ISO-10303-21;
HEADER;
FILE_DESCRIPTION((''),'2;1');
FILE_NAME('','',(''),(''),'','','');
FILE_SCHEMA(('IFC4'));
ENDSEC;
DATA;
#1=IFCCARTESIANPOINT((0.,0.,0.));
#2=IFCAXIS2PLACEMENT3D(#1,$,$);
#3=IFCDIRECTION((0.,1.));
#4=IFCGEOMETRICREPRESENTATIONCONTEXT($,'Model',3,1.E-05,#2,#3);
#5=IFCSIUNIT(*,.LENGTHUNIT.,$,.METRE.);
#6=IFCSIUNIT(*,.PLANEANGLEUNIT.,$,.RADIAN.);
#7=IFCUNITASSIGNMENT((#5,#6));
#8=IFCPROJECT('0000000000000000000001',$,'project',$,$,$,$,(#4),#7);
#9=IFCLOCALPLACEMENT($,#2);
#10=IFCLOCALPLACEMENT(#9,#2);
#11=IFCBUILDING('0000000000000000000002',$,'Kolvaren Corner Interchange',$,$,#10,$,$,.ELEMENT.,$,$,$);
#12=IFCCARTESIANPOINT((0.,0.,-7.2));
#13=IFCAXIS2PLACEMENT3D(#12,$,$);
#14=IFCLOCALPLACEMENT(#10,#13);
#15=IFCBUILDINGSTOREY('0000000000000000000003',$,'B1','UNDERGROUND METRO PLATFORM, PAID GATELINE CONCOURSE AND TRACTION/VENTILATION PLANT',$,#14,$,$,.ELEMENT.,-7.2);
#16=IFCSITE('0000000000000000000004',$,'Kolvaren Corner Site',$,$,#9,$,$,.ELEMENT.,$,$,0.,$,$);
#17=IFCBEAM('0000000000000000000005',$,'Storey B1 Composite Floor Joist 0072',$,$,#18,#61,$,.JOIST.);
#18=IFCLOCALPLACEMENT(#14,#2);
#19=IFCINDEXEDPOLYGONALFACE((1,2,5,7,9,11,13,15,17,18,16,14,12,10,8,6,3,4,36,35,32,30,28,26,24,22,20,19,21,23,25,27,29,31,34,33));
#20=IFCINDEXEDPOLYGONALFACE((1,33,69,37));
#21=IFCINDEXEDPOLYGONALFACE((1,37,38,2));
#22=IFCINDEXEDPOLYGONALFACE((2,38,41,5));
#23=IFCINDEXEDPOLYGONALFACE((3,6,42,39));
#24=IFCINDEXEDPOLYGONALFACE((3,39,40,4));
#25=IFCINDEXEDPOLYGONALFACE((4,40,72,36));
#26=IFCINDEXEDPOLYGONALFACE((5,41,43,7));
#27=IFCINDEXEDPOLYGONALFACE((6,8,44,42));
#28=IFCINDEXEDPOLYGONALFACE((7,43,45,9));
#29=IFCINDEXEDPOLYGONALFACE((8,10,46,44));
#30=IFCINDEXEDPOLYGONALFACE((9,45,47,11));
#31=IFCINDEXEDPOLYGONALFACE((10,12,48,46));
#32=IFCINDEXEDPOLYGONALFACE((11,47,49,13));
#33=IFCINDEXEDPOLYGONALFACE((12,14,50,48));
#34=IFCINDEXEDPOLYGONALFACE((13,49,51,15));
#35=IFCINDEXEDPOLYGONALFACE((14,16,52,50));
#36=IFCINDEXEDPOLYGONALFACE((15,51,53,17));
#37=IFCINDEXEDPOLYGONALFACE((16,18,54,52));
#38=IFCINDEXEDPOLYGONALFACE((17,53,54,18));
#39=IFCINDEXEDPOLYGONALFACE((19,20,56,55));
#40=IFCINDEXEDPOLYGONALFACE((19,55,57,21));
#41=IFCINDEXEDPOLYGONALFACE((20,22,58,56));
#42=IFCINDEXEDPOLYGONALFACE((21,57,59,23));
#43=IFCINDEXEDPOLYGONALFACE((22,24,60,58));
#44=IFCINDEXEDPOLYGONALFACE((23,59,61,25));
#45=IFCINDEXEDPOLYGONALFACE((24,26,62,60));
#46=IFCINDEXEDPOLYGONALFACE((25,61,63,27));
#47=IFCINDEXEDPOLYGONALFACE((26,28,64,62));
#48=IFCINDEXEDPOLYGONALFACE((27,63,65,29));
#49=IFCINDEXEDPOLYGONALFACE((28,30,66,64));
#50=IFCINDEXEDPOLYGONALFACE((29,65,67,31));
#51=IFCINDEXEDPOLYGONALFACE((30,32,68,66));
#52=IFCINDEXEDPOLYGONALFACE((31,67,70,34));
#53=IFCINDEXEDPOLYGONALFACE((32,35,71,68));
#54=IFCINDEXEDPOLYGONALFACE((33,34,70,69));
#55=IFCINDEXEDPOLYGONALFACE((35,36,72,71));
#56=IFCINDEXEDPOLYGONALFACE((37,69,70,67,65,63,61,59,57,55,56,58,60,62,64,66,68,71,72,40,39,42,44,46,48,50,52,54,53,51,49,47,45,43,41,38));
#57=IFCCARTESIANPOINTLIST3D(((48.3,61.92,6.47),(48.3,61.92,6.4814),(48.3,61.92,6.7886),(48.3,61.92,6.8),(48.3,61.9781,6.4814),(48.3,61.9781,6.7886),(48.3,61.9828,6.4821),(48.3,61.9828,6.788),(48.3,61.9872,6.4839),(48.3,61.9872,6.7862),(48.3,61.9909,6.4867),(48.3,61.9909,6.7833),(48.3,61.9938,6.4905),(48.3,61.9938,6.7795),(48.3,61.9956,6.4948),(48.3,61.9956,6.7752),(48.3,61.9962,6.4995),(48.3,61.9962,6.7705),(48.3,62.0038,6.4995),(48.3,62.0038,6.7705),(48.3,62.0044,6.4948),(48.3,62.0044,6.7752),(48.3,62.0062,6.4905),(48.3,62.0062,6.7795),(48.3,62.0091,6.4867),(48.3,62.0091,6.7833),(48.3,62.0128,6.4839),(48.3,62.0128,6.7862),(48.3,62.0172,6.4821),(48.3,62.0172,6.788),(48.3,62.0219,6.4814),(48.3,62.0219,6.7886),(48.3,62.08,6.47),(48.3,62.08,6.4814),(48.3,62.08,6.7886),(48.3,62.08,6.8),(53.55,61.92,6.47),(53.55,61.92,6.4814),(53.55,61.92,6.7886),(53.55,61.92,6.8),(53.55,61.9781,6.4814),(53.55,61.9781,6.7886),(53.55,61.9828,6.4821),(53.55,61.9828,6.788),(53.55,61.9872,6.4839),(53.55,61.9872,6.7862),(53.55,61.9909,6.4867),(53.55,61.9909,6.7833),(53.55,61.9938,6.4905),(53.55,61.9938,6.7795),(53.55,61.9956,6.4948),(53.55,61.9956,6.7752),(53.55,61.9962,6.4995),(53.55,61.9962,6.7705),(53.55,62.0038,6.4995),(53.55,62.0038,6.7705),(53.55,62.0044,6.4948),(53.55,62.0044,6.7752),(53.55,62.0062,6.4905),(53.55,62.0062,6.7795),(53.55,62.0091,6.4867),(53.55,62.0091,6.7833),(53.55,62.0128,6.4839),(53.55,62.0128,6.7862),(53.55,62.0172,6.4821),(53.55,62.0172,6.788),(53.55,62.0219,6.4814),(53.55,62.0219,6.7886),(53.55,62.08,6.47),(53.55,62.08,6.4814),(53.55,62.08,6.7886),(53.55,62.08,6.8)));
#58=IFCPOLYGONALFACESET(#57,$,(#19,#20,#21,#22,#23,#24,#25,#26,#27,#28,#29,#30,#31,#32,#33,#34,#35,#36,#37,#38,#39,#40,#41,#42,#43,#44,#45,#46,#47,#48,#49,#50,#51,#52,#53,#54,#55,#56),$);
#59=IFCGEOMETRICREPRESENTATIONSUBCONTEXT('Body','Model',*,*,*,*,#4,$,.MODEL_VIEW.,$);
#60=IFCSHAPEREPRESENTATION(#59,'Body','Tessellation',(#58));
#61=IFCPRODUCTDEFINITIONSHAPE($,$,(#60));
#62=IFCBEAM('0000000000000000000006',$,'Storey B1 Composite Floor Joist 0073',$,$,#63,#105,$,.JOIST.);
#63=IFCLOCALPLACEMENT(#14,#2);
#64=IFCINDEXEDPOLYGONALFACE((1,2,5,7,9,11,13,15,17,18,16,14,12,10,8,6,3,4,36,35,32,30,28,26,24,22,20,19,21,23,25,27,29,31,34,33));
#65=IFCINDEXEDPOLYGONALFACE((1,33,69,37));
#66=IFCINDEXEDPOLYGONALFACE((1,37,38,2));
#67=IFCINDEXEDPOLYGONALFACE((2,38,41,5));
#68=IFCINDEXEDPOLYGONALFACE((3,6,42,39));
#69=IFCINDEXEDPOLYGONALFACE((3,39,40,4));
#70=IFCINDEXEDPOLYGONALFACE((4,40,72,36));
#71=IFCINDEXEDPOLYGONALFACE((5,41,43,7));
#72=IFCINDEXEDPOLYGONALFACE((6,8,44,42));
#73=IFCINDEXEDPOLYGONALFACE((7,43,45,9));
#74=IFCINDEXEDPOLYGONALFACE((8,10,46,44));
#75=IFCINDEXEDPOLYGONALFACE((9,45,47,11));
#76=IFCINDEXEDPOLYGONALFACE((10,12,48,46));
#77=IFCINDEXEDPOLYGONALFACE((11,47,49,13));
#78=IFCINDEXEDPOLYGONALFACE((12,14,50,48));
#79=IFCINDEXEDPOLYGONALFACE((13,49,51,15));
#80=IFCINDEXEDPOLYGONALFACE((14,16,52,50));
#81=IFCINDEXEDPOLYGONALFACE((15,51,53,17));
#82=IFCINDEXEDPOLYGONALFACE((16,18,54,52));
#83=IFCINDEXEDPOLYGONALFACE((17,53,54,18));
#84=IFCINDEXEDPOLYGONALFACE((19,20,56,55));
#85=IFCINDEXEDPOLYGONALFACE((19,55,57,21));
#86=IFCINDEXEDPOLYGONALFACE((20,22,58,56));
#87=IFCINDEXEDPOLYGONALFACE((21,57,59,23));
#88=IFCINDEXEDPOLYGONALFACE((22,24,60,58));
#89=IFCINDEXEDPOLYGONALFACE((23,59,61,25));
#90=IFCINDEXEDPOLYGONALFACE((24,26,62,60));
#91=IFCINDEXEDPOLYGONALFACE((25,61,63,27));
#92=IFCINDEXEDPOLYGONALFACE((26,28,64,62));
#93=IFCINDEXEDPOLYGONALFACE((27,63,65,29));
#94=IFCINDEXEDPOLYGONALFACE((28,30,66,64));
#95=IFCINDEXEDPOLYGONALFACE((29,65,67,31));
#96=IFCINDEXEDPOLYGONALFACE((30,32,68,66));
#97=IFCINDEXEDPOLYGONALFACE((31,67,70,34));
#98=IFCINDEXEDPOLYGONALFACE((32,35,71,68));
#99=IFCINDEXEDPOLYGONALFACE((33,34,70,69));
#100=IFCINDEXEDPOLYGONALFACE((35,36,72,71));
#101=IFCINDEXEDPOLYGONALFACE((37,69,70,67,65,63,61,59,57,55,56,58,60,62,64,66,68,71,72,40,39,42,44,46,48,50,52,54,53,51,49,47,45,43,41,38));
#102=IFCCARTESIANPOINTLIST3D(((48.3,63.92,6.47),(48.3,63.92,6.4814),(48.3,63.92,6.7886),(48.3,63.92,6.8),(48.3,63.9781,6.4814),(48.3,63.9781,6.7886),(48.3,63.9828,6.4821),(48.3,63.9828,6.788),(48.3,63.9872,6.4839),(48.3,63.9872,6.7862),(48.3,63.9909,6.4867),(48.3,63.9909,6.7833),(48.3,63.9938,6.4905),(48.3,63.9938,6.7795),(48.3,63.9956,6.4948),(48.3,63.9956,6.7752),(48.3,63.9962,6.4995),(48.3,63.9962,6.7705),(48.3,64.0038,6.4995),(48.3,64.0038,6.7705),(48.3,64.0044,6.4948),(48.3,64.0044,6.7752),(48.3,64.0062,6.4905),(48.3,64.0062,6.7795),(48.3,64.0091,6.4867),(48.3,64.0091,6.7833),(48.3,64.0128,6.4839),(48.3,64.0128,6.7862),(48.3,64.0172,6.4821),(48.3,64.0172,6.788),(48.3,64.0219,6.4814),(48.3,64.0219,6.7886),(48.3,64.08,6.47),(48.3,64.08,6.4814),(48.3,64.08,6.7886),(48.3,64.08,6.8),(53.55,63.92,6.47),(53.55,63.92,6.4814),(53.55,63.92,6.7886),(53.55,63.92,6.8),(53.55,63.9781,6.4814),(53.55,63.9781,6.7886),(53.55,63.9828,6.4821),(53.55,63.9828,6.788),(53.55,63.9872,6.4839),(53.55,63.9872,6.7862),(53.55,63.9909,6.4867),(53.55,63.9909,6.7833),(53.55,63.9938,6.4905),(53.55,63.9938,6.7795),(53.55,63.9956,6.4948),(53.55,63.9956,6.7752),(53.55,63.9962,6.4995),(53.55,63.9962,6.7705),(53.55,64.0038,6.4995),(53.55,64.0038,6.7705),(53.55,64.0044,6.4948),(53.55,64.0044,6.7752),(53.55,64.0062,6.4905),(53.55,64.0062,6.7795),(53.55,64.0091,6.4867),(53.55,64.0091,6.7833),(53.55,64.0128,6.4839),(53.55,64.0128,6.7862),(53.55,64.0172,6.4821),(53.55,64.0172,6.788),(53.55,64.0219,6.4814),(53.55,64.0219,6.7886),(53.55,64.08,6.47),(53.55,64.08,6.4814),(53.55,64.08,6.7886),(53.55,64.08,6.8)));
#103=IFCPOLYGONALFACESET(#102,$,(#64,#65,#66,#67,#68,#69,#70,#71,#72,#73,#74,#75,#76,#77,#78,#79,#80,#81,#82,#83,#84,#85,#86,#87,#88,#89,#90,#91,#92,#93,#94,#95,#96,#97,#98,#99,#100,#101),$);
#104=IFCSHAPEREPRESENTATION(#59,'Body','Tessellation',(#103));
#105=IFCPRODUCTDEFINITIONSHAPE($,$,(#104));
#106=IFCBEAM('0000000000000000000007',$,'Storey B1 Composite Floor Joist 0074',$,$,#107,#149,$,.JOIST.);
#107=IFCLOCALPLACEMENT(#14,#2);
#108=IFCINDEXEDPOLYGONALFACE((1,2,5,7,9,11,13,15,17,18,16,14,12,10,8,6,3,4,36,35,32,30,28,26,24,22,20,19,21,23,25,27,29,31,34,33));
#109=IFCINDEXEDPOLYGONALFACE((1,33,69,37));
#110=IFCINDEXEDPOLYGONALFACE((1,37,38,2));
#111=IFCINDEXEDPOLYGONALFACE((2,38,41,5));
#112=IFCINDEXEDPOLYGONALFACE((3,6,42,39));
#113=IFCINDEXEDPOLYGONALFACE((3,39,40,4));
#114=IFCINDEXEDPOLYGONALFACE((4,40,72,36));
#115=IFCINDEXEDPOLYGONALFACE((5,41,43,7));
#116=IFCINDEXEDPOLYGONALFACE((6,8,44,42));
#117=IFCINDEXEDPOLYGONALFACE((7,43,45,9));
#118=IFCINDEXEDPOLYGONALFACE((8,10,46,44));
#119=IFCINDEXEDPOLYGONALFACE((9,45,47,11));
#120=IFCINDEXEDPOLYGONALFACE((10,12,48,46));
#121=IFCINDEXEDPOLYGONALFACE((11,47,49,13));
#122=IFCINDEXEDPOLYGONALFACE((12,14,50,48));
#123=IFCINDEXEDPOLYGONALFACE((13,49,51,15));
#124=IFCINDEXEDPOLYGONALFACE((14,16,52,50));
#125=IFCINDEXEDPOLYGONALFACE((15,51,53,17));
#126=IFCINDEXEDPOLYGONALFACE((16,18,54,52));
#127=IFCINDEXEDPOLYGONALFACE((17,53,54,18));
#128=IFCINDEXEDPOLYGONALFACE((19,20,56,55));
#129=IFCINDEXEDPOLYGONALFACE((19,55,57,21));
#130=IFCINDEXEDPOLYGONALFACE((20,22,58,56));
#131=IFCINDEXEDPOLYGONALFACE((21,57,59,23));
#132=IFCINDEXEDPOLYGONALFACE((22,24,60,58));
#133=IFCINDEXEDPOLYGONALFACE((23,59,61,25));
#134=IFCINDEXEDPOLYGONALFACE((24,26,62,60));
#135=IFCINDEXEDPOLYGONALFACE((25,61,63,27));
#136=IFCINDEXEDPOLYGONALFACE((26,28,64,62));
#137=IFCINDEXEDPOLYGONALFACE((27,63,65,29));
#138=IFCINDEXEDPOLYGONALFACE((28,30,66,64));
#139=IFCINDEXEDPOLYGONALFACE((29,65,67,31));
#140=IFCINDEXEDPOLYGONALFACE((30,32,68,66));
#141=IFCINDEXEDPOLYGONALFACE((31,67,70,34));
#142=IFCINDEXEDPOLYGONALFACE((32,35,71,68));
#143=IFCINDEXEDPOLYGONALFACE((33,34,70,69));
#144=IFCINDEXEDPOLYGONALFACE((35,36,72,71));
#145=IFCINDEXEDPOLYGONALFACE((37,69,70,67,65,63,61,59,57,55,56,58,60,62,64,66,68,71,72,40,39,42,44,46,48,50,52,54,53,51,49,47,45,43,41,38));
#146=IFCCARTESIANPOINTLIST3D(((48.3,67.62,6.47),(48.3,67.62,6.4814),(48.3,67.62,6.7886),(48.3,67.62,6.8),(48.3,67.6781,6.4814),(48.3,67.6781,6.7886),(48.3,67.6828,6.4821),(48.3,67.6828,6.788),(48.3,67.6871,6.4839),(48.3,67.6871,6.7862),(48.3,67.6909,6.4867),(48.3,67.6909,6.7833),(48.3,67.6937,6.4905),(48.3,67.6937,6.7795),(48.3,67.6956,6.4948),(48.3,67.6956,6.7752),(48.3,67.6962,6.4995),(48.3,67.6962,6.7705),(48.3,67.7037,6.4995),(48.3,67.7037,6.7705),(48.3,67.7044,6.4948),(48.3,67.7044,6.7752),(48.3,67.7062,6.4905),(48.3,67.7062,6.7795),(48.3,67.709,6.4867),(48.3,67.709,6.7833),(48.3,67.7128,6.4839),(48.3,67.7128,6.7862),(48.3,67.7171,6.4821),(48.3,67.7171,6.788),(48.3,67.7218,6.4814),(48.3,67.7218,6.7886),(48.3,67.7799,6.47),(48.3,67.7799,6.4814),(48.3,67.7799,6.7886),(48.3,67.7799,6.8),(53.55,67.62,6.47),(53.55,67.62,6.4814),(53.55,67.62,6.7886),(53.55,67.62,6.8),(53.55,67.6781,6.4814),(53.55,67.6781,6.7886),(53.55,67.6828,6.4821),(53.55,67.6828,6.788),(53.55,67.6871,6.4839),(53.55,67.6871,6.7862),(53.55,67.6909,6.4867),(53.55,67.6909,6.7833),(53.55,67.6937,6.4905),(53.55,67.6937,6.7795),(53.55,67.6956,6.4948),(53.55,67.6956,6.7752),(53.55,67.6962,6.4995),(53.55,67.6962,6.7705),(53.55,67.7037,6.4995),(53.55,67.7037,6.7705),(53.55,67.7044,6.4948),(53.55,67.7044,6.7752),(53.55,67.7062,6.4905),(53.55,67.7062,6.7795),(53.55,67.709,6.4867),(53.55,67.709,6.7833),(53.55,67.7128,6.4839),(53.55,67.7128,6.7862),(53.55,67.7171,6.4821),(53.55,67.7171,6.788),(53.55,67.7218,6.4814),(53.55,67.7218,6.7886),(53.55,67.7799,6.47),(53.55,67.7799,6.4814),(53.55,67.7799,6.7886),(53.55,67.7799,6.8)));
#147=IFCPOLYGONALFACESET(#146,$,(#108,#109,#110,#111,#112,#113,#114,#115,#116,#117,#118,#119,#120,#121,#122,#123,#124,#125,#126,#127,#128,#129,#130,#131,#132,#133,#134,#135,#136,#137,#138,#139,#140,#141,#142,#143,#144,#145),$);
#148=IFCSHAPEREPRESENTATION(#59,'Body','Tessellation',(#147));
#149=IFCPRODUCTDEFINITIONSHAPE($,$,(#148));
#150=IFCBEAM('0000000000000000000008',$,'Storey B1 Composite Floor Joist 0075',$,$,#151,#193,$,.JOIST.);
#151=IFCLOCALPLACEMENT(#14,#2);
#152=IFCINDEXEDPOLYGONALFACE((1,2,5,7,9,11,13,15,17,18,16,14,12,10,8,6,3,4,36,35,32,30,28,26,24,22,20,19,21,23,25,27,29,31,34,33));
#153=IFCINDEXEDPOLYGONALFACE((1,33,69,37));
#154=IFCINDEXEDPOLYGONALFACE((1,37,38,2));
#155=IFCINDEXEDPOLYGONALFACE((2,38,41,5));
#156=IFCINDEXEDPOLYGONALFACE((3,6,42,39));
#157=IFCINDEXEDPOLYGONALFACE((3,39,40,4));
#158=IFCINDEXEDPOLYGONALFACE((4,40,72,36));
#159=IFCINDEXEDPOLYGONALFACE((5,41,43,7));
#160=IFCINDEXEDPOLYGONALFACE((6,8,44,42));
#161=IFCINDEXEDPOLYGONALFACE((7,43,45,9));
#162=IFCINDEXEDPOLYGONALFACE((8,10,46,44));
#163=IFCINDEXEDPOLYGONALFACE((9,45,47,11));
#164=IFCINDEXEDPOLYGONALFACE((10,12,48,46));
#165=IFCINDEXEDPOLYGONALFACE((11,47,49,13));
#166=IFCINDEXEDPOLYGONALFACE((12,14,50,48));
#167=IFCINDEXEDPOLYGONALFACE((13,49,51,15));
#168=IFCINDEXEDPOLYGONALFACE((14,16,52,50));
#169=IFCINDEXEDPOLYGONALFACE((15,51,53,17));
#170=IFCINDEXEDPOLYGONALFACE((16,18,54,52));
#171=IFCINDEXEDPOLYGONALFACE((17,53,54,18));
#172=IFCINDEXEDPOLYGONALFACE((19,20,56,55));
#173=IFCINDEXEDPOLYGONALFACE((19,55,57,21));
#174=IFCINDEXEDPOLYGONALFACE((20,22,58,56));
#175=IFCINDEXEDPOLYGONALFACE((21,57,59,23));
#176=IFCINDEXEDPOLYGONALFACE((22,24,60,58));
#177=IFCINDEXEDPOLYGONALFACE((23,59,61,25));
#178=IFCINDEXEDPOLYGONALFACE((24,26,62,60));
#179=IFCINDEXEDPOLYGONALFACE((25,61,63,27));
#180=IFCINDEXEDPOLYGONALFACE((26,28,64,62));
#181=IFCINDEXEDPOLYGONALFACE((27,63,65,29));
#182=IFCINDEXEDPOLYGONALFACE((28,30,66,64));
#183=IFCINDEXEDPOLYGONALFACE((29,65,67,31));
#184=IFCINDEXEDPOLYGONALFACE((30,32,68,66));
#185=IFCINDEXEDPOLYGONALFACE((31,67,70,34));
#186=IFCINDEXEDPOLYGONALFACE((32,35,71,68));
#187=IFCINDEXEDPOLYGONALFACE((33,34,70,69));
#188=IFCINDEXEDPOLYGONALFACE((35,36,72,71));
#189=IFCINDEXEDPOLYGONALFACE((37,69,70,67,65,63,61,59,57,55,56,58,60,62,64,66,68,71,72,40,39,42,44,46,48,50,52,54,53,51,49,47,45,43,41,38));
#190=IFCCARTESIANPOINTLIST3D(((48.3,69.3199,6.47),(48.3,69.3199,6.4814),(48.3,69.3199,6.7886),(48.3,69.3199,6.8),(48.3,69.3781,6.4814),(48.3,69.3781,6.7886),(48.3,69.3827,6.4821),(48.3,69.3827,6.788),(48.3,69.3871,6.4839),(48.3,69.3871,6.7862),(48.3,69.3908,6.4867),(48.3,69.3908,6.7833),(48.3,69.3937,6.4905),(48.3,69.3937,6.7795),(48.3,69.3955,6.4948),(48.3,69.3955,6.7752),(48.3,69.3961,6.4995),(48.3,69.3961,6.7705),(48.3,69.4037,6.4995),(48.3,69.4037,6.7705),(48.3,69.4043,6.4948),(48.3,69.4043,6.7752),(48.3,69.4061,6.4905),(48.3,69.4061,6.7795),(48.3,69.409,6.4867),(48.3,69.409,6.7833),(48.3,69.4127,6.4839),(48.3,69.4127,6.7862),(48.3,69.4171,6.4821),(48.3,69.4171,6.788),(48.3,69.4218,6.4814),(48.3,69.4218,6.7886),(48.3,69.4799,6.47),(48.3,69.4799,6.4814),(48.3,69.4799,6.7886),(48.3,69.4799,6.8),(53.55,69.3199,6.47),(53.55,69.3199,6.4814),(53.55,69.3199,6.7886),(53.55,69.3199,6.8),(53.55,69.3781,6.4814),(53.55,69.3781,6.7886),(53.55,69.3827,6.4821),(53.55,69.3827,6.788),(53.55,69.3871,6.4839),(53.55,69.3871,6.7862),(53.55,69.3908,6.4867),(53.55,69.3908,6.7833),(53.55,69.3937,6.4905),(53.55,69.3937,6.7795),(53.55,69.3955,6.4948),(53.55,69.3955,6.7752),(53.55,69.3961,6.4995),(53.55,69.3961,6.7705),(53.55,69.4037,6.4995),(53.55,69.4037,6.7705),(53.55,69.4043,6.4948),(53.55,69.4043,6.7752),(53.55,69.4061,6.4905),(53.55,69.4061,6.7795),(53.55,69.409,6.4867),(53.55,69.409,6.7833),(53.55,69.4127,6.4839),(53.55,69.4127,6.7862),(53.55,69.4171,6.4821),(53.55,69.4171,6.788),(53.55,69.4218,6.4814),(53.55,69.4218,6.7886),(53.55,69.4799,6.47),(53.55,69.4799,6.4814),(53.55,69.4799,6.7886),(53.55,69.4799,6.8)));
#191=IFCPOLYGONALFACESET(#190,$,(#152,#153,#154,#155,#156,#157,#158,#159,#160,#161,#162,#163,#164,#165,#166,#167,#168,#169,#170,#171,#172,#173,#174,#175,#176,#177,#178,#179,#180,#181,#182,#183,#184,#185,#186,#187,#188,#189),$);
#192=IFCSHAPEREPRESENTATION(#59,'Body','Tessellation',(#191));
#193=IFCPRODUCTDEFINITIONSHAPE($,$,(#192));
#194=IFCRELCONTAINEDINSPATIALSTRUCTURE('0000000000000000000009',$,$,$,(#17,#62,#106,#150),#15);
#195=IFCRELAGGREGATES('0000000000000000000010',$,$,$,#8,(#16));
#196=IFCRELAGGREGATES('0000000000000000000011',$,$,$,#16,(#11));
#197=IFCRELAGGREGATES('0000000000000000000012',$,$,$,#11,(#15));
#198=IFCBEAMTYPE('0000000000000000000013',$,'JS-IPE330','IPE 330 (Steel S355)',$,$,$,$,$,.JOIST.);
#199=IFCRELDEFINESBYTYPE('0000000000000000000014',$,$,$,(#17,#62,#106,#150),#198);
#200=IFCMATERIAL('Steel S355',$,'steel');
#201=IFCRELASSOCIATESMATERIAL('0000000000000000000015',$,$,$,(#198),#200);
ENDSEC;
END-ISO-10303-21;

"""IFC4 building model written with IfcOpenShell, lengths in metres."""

from ifc_helpers import new_model, si_unit, direction, frame, origin, origin_2d, place, context, subcontext, project, spatial, i_section, extrude, material, material_profile, profile_set, type_object, element, save


model = new_model("IFC4")

# Units and contexts
model_context = context("Model", 3, precision=1e-05, world=origin(), true_north=direction((0.0, 1.0)))
body_context = subcontext(model_context, "Body", "Model", "MODEL_VIEW")
ifc_project = project(units=[si_unit("LENGTHUNIT", "METRE"), si_unit("PLANEANGLEUNIT", "RADIAN")], contexts=[model_context])

# Site, building, storey
site_placement = place(None, origin())
site = spatial("IfcSite", under=ifc_project, at=site_placement, Name="Kolvaren Corner Site", CompositionType="ELEMENT", RefElevation=0.0)
building_placement = place(site_placement, origin())
building = spatial("IfcBuilding", under=site, at=building_placement, Name="Kolvaren Corner Interchange", CompositionType="ELEMENT")
storey_placement = place(building_placement, frame((0.0, 0.0, -7.2)))
storey = spatial("IfcBuildingStorey", under=building, at=storey_placement, Name="B1", Description="UNDERGROUND METRO PLATFORM, PAID GATELINE CONCOURSE AND TRACTION/VENTILATION PLANT", CompositionType="ELEMENT", Elevation=-7.2)

# Beams
ifc_material_1 = material(Name="Steel S355", Category="steel")
ifc_material_profile_1 = material_profile(ifc_material_1, i_section(OverallWidth=0.1599, OverallDepth=0.3301, WebThickness=0.0076, FlangeThickness=0.0115, FilletRadius=0.0181, at=origin_2d()), Name="IPE 330")
ifc_profile_set_1 = profile_set([ifc_material_profile_1], Name="Steel S355")
beam_type_1 = type_object("IfcBeamType", Name="JS-IPE330", Description="IPE 330 (Steel S355)", PredefinedType="JOIST", material=ifc_profile_set_1)
for number, where, z_axis, x_axis, name in (
    (1, (48.3, 62.0, 6.635), (1.0, 0.0, 0.0), (0.0, 1.0, 0.0), "Storey B1 Composite Floor Joist 0072"),
    (2, (48.3, 64.0, 6.635), (1.0, 0.0, 0.0), (0.0, 1.0, 0.0), "Storey B1 Composite Floor Joist 0073"),
    (3, (48.3, 67.7, 6.635), (1.0, 0.0, 0.0), (0.0, 1.0, 0.0), "Storey B1 Composite Floor Joist 0074"),
    (4, (48.3, 69.3999, 6.635), (1.0, 0.0, 0.0), (0.0, 1.0, 0.0), "Storey B1 Composite Floor Joist 0075"),
):
    element("IfcBeam", number, at=place(storey_placement, frame(where, z_axis=z_axis, x_axis=x_axis)), inside=storey, type_object=beam_type_1, Name=name, PredefinedType="JOIST", context=body_context, shape_type="SweptSolid", body=[
        extrude(i_section(OverallWidth=0.1599, OverallDepth=0.3301, WebThickness=0.0076, FlangeThickness=0.0115, FilletRadius=0.0181, at=origin_2d()), origin(), (0.0, 0.0, 1.0), 5.25),
    ])

save(model, "model.ifc")
